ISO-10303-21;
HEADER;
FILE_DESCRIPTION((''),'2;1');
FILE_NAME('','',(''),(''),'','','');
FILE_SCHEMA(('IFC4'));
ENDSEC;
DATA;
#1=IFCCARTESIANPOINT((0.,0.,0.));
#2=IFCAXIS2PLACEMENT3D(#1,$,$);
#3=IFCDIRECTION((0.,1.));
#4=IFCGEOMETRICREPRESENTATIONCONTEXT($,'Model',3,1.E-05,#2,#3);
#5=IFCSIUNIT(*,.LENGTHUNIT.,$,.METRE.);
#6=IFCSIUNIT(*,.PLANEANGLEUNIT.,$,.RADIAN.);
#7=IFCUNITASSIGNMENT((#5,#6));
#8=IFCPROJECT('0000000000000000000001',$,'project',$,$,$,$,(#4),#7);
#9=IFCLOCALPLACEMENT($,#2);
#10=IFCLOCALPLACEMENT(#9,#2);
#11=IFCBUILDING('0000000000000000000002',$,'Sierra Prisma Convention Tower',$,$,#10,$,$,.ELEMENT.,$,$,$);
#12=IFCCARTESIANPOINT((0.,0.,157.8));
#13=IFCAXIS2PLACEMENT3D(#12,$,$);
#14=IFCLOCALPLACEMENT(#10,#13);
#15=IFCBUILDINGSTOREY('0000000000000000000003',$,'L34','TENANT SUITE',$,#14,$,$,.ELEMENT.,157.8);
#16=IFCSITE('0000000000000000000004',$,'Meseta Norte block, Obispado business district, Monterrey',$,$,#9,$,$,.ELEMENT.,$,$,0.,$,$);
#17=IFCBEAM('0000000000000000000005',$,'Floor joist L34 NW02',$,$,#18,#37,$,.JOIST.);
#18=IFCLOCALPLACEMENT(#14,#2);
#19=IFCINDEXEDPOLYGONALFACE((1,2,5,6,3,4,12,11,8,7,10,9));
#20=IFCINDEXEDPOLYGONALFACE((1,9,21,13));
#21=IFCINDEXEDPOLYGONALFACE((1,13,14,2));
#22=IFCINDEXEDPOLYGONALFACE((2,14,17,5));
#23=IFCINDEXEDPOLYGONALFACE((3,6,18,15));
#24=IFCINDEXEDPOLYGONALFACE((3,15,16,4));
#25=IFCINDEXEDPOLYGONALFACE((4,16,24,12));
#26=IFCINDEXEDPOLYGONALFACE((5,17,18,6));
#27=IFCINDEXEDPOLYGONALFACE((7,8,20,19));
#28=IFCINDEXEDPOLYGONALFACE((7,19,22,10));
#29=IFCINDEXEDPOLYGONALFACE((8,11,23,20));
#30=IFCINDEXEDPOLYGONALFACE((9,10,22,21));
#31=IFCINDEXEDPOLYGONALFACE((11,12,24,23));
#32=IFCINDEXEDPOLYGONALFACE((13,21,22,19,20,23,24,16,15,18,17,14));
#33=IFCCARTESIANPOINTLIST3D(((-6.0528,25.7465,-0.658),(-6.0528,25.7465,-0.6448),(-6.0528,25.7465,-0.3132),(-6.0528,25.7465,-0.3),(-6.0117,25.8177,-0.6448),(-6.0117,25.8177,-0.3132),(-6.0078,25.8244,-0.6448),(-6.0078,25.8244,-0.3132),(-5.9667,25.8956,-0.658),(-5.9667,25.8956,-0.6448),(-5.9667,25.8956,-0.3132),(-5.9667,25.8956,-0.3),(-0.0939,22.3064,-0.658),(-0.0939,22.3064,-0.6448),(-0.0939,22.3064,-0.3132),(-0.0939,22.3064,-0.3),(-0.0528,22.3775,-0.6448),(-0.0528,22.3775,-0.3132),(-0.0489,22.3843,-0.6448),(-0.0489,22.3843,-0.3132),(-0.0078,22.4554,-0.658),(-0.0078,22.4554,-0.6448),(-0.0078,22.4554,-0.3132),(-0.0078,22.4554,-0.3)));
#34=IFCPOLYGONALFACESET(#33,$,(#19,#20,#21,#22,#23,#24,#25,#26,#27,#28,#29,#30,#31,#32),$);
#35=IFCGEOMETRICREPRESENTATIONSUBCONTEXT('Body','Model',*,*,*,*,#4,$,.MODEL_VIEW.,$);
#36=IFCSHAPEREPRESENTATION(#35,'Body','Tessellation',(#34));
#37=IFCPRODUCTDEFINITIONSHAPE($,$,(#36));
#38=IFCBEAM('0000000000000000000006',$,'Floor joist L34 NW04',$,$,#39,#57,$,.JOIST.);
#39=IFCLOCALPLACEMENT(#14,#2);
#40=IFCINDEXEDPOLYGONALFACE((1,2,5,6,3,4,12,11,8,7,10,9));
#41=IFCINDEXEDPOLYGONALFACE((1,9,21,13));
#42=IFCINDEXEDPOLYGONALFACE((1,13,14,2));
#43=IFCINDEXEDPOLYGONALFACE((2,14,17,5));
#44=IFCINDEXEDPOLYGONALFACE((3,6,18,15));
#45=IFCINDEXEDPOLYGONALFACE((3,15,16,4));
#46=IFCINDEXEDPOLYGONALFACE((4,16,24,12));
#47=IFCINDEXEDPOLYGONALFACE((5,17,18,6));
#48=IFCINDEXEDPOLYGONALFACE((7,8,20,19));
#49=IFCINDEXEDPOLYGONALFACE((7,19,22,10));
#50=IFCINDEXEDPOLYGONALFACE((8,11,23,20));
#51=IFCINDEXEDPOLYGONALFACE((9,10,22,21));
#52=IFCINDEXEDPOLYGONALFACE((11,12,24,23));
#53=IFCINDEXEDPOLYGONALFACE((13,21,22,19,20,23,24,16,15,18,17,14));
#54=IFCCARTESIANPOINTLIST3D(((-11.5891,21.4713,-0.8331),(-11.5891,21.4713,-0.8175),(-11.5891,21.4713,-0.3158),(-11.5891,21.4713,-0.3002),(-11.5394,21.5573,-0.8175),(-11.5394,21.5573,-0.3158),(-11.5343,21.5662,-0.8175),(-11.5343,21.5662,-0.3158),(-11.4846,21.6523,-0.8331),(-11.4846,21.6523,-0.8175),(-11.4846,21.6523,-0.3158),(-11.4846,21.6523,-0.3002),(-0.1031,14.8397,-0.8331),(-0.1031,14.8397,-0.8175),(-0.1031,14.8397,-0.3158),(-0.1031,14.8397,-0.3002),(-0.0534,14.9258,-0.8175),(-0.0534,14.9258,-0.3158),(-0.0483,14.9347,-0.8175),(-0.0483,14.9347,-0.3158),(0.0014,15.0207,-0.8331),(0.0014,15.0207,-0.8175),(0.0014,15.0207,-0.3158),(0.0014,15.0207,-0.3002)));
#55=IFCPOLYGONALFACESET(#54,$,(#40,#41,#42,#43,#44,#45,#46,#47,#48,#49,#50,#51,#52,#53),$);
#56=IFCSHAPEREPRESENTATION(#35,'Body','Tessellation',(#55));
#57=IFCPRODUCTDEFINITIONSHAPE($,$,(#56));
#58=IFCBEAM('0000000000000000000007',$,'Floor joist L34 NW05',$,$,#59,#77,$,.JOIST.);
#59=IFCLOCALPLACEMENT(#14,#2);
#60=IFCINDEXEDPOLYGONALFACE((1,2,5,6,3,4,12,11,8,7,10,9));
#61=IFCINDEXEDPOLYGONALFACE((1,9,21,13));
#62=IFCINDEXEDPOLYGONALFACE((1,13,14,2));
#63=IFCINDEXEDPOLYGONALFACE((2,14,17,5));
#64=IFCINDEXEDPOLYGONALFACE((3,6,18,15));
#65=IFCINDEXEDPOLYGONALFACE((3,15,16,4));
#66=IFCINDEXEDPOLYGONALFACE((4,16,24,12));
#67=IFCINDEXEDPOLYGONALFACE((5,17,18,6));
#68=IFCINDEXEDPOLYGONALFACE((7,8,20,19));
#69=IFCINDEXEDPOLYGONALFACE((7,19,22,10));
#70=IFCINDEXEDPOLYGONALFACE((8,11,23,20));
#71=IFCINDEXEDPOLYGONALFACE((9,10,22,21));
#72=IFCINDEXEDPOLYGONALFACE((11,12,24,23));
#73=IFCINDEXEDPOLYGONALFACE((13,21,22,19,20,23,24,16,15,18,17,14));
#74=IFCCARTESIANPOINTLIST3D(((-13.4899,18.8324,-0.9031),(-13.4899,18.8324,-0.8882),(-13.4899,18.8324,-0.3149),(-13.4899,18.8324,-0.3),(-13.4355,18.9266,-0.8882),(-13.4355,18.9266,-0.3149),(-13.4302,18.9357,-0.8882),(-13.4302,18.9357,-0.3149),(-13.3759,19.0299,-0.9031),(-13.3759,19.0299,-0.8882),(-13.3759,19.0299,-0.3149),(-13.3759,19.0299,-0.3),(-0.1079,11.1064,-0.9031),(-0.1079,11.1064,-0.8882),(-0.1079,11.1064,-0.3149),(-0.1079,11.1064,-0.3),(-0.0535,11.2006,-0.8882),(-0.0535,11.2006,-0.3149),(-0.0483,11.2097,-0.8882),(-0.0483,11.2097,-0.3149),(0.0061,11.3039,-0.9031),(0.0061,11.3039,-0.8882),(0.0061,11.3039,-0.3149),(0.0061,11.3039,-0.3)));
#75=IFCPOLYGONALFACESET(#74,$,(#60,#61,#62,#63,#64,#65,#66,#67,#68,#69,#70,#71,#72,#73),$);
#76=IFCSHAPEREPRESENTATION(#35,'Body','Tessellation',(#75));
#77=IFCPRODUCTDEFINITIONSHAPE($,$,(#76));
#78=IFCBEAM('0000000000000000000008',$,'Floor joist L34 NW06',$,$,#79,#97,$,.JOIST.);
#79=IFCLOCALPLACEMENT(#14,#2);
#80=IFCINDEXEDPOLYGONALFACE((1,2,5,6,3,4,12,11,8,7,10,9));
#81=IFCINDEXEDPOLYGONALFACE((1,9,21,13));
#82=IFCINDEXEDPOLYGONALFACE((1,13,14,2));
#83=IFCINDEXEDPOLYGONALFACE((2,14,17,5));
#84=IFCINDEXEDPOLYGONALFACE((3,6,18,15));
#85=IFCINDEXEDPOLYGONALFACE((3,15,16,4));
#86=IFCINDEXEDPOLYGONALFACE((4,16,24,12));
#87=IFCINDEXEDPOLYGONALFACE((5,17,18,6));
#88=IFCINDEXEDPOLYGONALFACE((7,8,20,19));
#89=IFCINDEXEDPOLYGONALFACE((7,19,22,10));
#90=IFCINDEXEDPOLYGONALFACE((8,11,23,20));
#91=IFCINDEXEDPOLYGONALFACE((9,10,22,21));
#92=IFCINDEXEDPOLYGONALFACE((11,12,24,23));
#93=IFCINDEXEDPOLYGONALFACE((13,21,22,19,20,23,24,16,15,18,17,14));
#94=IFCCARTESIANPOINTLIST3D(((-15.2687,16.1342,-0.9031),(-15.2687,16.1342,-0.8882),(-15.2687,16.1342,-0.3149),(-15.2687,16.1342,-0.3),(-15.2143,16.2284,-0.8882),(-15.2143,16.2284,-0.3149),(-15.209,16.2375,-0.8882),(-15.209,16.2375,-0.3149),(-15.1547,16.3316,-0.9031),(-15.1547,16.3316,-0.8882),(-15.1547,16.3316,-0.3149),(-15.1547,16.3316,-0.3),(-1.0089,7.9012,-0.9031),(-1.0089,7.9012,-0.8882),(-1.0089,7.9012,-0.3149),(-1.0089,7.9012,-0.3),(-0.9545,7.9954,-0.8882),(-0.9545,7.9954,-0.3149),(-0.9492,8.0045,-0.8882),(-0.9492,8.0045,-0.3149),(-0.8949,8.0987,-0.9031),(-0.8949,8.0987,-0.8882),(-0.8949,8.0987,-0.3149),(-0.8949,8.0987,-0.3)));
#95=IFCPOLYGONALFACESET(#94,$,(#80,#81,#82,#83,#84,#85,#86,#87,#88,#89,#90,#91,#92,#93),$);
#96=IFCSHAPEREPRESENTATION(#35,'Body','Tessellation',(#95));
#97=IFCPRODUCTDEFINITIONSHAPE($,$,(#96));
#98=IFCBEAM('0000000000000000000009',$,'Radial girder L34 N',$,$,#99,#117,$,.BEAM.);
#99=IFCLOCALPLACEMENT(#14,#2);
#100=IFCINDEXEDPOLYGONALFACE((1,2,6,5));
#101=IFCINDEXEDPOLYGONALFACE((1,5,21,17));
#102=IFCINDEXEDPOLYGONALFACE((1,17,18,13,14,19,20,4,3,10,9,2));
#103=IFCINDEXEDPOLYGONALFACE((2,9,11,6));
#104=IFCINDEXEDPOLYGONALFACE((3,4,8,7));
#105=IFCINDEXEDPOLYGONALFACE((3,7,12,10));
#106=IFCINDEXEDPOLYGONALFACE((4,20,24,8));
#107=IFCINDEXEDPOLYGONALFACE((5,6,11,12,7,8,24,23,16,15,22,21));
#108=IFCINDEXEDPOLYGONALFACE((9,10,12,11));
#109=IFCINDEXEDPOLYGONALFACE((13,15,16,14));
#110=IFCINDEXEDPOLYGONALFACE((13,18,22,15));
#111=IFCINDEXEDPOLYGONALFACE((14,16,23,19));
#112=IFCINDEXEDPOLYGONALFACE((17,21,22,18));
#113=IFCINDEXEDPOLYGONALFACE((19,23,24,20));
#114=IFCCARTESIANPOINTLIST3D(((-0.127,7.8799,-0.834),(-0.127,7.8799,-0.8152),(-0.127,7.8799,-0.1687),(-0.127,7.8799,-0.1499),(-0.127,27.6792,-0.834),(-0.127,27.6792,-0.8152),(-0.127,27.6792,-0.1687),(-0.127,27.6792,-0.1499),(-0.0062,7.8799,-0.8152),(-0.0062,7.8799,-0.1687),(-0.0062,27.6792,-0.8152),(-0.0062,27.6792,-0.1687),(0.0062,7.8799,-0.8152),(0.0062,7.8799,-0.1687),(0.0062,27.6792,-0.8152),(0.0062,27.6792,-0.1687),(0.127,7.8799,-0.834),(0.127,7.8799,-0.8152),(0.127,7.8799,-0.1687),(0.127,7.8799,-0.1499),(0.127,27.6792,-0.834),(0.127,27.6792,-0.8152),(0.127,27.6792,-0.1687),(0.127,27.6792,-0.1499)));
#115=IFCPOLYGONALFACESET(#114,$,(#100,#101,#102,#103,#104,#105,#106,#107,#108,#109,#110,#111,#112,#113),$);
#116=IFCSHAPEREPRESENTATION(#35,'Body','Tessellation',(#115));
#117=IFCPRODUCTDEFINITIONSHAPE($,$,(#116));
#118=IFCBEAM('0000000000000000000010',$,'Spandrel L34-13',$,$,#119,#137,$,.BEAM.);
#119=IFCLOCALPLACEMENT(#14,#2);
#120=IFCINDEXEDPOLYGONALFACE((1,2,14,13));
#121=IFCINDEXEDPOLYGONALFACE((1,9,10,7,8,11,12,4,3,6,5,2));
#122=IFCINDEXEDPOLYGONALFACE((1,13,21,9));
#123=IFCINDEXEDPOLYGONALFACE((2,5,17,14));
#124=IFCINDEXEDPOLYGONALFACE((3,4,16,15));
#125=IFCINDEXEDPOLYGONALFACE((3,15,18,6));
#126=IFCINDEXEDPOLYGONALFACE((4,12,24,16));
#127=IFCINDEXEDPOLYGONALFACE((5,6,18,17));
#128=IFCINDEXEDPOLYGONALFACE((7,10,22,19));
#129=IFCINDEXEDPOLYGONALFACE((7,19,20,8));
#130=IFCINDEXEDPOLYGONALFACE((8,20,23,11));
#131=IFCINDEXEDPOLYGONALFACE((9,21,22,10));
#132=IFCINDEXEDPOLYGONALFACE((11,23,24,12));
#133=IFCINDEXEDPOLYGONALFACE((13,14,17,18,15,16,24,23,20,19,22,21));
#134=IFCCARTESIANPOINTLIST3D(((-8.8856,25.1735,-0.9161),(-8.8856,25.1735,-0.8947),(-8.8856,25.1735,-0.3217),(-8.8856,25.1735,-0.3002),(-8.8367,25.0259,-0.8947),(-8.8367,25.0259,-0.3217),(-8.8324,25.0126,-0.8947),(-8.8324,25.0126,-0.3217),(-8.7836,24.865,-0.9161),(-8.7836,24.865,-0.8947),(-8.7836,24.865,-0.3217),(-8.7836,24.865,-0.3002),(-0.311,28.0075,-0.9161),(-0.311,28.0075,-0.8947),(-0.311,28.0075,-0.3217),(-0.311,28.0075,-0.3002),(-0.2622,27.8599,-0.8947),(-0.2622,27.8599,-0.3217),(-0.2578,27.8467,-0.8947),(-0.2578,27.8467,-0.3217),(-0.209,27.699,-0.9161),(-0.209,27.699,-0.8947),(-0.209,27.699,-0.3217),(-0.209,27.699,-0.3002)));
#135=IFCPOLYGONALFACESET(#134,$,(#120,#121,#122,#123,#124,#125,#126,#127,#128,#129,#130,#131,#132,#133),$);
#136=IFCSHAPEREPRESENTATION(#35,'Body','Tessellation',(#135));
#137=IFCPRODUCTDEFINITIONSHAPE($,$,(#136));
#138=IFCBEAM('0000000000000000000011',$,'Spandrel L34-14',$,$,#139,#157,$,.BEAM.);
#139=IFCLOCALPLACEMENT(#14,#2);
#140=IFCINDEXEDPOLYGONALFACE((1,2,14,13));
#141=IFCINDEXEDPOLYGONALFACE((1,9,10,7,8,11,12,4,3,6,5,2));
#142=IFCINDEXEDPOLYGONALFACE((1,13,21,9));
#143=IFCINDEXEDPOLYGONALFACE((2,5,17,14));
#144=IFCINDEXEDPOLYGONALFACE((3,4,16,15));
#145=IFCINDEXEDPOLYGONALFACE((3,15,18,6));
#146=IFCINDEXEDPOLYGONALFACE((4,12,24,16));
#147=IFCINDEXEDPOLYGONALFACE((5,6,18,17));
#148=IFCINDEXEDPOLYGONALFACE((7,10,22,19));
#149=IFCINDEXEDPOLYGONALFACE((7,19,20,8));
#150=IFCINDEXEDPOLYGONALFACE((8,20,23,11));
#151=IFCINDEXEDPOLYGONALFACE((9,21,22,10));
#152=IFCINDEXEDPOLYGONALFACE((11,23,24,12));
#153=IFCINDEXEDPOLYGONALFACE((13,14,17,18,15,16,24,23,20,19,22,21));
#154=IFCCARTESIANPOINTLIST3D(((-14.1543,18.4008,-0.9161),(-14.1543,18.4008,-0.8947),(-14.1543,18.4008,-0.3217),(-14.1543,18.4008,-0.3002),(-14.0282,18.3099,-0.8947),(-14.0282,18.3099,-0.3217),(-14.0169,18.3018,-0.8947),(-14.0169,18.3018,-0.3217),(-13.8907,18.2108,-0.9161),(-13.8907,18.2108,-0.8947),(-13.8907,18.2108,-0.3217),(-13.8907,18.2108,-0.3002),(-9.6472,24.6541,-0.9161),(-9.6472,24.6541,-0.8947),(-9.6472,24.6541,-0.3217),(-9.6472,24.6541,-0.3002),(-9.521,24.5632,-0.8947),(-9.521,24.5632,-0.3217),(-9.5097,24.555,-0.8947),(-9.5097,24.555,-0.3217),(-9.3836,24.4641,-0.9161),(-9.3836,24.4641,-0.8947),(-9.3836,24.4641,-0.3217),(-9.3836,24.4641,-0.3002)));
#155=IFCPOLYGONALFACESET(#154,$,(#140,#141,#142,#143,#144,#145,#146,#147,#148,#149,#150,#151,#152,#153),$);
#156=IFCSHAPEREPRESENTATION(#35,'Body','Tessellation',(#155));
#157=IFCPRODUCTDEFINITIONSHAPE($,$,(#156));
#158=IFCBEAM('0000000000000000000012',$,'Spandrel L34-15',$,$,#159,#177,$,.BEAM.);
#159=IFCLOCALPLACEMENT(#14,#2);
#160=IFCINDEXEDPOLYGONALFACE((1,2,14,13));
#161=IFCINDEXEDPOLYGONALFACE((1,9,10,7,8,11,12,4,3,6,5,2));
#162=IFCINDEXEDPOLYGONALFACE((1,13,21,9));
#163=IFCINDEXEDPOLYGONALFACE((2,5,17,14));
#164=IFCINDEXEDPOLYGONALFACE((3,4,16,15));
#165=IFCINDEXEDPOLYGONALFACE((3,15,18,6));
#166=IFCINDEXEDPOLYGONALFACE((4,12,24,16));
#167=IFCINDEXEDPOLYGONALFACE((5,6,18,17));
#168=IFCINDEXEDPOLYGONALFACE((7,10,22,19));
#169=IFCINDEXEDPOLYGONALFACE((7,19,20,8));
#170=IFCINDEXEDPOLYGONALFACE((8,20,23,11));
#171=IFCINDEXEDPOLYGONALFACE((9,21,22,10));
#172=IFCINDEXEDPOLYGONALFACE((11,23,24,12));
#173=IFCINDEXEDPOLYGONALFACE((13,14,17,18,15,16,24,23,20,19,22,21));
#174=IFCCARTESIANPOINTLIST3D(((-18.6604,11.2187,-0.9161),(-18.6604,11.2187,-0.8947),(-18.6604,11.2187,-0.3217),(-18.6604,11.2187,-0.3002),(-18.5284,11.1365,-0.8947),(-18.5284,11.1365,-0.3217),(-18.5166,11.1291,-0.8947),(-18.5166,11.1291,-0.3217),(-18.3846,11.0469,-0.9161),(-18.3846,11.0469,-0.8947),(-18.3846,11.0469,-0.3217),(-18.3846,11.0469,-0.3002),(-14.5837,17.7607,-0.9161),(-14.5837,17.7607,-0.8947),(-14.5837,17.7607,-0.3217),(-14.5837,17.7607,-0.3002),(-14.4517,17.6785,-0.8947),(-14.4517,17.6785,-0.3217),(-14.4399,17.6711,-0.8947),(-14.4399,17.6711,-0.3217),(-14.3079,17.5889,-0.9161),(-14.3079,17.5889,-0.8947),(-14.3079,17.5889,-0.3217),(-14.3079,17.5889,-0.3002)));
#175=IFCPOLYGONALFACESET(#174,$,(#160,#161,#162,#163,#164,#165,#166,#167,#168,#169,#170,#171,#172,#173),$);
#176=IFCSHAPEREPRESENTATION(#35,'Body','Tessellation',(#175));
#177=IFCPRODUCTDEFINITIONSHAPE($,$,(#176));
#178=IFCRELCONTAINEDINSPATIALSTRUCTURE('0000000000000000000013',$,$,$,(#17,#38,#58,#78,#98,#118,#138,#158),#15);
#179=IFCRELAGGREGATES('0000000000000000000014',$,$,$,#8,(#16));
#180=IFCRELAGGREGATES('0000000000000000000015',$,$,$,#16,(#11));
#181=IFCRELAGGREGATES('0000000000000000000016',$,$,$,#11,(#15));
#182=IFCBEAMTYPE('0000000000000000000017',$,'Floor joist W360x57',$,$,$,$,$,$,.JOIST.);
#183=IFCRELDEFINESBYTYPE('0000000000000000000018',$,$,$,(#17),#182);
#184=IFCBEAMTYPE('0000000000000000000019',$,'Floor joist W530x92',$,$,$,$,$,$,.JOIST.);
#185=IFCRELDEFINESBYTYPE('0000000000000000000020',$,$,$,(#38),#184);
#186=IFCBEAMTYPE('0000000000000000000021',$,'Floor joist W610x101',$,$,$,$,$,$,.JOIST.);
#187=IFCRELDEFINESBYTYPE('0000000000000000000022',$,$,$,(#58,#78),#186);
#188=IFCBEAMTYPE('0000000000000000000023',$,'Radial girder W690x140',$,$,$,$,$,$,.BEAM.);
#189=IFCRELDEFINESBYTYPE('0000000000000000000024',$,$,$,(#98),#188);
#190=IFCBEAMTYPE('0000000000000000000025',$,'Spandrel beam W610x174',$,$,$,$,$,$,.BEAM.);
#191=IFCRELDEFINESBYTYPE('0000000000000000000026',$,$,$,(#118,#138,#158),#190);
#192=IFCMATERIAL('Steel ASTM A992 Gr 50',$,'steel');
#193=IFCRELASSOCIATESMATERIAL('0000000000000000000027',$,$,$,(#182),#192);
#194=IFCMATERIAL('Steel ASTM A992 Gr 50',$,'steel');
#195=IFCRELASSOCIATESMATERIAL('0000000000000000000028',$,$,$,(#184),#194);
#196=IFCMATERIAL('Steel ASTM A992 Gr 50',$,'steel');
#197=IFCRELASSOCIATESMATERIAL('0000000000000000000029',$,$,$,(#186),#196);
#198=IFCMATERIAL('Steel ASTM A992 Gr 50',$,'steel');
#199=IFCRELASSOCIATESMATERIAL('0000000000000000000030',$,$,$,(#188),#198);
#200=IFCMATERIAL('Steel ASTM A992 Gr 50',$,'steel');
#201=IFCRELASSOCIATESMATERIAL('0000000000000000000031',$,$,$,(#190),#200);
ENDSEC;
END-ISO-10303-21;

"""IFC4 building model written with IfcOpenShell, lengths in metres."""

from ifc_helpers import new_model, si_unit, direction, frame, origin, origin_2d, place, context, subcontext, project, spatial, i_section, extrude, material, material_profile, profile_set, type_object, element, save


model = new_model("IFC4")

# Units and contexts
model_context = context("Model", 3, precision=1e-05, world=origin(), true_north=direction((0.0, 1.0)))
body_context = subcontext(model_context, "Body", "Model", "MODEL_VIEW")
ifc_project = project(units=[si_unit("LENGTHUNIT", "METRE"), si_unit("PLANEANGLEUNIT", "RADIAN")], contexts=[model_context])

# Site, building, storey
site_placement = place(None, origin())
site = spatial("IfcSite", under=ifc_project, at=site_placement, Name="Meseta Norte block, Obispado business district, Monterrey", CompositionType="ELEMENT", RefElevation=0.0)
building_placement = place(site_placement, origin())
building = spatial("IfcBuilding", under=site, at=building_placement, Name="Sierra Prisma Convention Tower", CompositionType="ELEMENT")
storey_placement = place(building_placement, frame((0.0, 0.0, 157.8)))
storey = spatial("IfcBuildingStorey", under=building, at=storey_placement, Name="L34", Description="TENANT SUITE", CompositionType="ELEMENT", Elevation=157.8)

# Beams
ifc_material_1 = material(Name="Steel ASTM A992 Gr 50", Category="steel")
ifc_material_profile_1 = material_profile(ifc_material_1, i_section(OverallWidth=0.1721, OverallDepth=0.3579, WebThickness=0.0078, FlangeThickness=0.0132, at=origin_2d()), Name="W360x57")
ifc_profile_set_1 = profile_set([ifc_material_profile_1], Name="Steel ASTM A992 Gr 50")
beam_type_1 = type_object("IfcBeamType", Name="Floor joist W360x57", PredefinedType="JOIST", material=ifc_profile_set_1)
beam_1_placement = place(storey_placement, frame((-6.0098, 25.821, -0.479), z_axis=(0.86604, -0.499974, 0.0), x_axis=(0.499974, 0.86604, 0.0)))
element("IfcBeam", 1, at=beam_1_placement, inside=storey, type_object=beam_type_1, Name="Floor joist L34 NW02", PredefinedType="JOIST", context=body_context, shape_type="SweptSolid", body=[
    extrude(i_section(OverallWidth=0.1721, OverallDepth=0.3579, WebThickness=0.0078, FlangeThickness=0.0132, at=origin_2d()), origin(), (0.0, 0.0, 1.0), 6.8806),
])
ifc_material_2 = material(Name="Steel ASTM A992 Gr 50", Category="steel")
ifc_material_profile_2 = material_profile(ifc_material_2, i_section(OverallWidth=0.209, OverallDepth=0.533, WebThickness=0.0103, FlangeThickness=0.0156, at=origin_2d()), Name="W530x92")
ifc_profile_set_2 = profile_set([ifc_material_profile_2], Name="Steel ASTM A992 Gr 50")
beam_type_2 = type_object("IfcBeamType", Name="Floor joist W530x92", PredefinedType="JOIST", material=ifc_profile_set_2)
beam_2_placement = place(storey_placement, frame((-11.5369, 21.5618, -0.5667), z_axis=(0.866022, -0.500006, 0.0), x_axis=(0.500006, 0.866022, 0.0)))
element("IfcBeam", 2, at=beam_2_placement, inside=storey, type_object=beam_type_2, Name="Floor joist L34 NW04", PredefinedType="JOIST", context=body_context, shape_type="SweptSolid", body=[
    extrude(i_section(OverallWidth=0.209, OverallDepth=0.533, WebThickness=0.0103, FlangeThickness=0.0156, at=origin_2d()), origin(), (0.0, 0.0, 1.0), 13.2629),
])
ifc_material_3 = material(Name="Steel ASTM A992 Gr 50", Category="steel")
ifc_material_profile_3 = material_profile(ifc_material_3, i_section(OverallWidth=0.228, OverallDepth=0.603, WebThickness=0.0105, FlangeThickness=0.0149, at=origin_2d()), Name="W610x101")
ifc_profile_set_3 = profile_set([ifc_material_profile_3], Name="Steel ASTM A992 Gr 50")
beam_type_3 = type_object("IfcBeamType", Name="Floor joist W610x101", PredefinedType="JOIST", material=ifc_profile_set_3)
beam_3_placement = place(storey_placement, frame((-13.4329, 18.9312, -0.6016), z_axis=(0.866027, -0.499996, 0.0), x_axis=(0.499996, 0.866027, 0.0)))
element("IfcBeam", 3, at=beam_3_placement, inside=storey, type_object=beam_type_3, Name="Floor joist L34 NW05", PredefinedType="JOIST", context=body_context, shape_type="SweptSolid", body=[
    extrude(i_section(OverallWidth=0.228, OverallDepth=0.603, WebThickness=0.0105, FlangeThickness=0.0149, at=origin_2d()), origin(), (0.0, 0.0, 1.0), 15.4521),
])
beam_4_placement = place(storey_placement, frame((-15.2117, 16.2329, -0.6016), z_axis=(0.866025, -0.500001, 0.0), x_axis=(0.500001, 0.866025, 0.0)))
element("IfcBeam", 4, at=beam_4_placement, inside=storey, type_object=beam_type_3, Name="Floor joist L34 NW06", PredefinedType="JOIST", context=body_context, shape_type="SweptSolid", body=[
    extrude(i_section(OverallWidth=0.228, OverallDepth=0.603, WebThickness=0.0105, FlangeThickness=0.0149, at=origin_2d()), origin(), (0.0, 0.0, 1.0), 16.4658),
])
ifc_material_4 = material(Name="Steel ASTM A992 Gr 50", Category="steel")
ifc_material_profile_4 = material_profile(ifc_material_4, i_section(OverallWidth=0.2539, OverallDepth=0.6841, WebThickness=0.0125, FlangeThickness=0.0188, at=origin_2d()), Name="W690x140")
ifc_profile_set_4 = profile_set([ifc_material_profile_4], Name="Steel ASTM A992 Gr 50")
beam_type_4 = type_object("IfcBeamType", Name="Radial girder W690x140", PredefinedType="BEAM", material=ifc_profile_set_4)
beam_5_placement = place(storey_placement, frame((0.0, 27.6792, -0.4919), z_axis=(0.0, -1.0, 0.0), x_axis=(1.0, 0.0, 0.0)))
element("IfcBeam", 5, at=beam_5_placement, inside=storey, type_object=beam_type_4, Name="Radial girder L34 N", PredefinedType="BEAM", context=body_context, shape_type="SweptSolid", body=[
    extrude(i_section(OverallWidth=0.2539, OverallDepth=0.6841, WebThickness=0.0125, FlangeThickness=0.0188, at=origin_2d()), origin(), (0.0, 0.0, 1.0), 19.7993),
])
ifc_material_5 = material(Name="Steel ASTM A992 Gr 50", Category="steel")
ifc_material_profile_5 = material_profile(ifc_material_5, i_section(OverallWidth=0.325, OverallDepth=0.616, WebThickness=0.0139, FlangeThickness=0.0215, at=origin_2d()), Name="W610x174")
ifc_profile_set_5 = profile_set([ifc_material_profile_5], Name="Steel ASTM A992 Gr 50")
beam_type_5 = type_object("IfcBeamType", Name="Spandrel beam W610x174", PredefinedType="BEAM", material=ifc_profile_set_5)
beam_6_placement = place(storey_placement, frame((-0.26, 27.8533, -0.6082), z_axis=(-0.949483, -0.313818, 0.0), x_axis=(0.313818, -0.949483, 0.0)))
element("IfcBeam", 6, at=beam_6_placement, inside=storey, type_object=beam_type_5, Name="Spandrel L34-13", PredefinedType="BEAM", context=body_context, shape_type="SweptSolid", body=[
    extrude(i_section(OverallWidth=0.325, OverallDepth=0.616, WebThickness=0.0139, FlangeThickness=0.0215, at=origin_2d()), origin(), (0.0, 0.0, 1.0), 9.0308),
])
for number, where, z_axis, x_axis, name in (
    (7, (-9.5154, 24.5591, -0.6082), (-0.584714, -0.811239, 0.0), (0.811239, -0.584714, 0.0), "Spandrel L34-14"),
    (8, (-14.4458, 17.6748, -0.6082), (-0.528871, -0.848702, 0.0), (0.848702, -0.528871, 0.0), "Spandrel L34-15"),
):
    element("IfcBeam", number, at=place(storey_placement, frame(where, z_axis=z_axis, x_axis=x_axis)), inside=storey, type_object=beam_type_5, Name=name, PredefinedType="BEAM", context=body_context, shape_type="SweptSolid", body=[
        extrude(i_section(OverallWidth=0.325, OverallDepth=0.616, WebThickness=0.0139, FlangeThickness=0.0215, at=origin_2d()), origin(), (0.0, 0.0, 1.0), 7.7083),
    ])

save(model, "model.ifc")
